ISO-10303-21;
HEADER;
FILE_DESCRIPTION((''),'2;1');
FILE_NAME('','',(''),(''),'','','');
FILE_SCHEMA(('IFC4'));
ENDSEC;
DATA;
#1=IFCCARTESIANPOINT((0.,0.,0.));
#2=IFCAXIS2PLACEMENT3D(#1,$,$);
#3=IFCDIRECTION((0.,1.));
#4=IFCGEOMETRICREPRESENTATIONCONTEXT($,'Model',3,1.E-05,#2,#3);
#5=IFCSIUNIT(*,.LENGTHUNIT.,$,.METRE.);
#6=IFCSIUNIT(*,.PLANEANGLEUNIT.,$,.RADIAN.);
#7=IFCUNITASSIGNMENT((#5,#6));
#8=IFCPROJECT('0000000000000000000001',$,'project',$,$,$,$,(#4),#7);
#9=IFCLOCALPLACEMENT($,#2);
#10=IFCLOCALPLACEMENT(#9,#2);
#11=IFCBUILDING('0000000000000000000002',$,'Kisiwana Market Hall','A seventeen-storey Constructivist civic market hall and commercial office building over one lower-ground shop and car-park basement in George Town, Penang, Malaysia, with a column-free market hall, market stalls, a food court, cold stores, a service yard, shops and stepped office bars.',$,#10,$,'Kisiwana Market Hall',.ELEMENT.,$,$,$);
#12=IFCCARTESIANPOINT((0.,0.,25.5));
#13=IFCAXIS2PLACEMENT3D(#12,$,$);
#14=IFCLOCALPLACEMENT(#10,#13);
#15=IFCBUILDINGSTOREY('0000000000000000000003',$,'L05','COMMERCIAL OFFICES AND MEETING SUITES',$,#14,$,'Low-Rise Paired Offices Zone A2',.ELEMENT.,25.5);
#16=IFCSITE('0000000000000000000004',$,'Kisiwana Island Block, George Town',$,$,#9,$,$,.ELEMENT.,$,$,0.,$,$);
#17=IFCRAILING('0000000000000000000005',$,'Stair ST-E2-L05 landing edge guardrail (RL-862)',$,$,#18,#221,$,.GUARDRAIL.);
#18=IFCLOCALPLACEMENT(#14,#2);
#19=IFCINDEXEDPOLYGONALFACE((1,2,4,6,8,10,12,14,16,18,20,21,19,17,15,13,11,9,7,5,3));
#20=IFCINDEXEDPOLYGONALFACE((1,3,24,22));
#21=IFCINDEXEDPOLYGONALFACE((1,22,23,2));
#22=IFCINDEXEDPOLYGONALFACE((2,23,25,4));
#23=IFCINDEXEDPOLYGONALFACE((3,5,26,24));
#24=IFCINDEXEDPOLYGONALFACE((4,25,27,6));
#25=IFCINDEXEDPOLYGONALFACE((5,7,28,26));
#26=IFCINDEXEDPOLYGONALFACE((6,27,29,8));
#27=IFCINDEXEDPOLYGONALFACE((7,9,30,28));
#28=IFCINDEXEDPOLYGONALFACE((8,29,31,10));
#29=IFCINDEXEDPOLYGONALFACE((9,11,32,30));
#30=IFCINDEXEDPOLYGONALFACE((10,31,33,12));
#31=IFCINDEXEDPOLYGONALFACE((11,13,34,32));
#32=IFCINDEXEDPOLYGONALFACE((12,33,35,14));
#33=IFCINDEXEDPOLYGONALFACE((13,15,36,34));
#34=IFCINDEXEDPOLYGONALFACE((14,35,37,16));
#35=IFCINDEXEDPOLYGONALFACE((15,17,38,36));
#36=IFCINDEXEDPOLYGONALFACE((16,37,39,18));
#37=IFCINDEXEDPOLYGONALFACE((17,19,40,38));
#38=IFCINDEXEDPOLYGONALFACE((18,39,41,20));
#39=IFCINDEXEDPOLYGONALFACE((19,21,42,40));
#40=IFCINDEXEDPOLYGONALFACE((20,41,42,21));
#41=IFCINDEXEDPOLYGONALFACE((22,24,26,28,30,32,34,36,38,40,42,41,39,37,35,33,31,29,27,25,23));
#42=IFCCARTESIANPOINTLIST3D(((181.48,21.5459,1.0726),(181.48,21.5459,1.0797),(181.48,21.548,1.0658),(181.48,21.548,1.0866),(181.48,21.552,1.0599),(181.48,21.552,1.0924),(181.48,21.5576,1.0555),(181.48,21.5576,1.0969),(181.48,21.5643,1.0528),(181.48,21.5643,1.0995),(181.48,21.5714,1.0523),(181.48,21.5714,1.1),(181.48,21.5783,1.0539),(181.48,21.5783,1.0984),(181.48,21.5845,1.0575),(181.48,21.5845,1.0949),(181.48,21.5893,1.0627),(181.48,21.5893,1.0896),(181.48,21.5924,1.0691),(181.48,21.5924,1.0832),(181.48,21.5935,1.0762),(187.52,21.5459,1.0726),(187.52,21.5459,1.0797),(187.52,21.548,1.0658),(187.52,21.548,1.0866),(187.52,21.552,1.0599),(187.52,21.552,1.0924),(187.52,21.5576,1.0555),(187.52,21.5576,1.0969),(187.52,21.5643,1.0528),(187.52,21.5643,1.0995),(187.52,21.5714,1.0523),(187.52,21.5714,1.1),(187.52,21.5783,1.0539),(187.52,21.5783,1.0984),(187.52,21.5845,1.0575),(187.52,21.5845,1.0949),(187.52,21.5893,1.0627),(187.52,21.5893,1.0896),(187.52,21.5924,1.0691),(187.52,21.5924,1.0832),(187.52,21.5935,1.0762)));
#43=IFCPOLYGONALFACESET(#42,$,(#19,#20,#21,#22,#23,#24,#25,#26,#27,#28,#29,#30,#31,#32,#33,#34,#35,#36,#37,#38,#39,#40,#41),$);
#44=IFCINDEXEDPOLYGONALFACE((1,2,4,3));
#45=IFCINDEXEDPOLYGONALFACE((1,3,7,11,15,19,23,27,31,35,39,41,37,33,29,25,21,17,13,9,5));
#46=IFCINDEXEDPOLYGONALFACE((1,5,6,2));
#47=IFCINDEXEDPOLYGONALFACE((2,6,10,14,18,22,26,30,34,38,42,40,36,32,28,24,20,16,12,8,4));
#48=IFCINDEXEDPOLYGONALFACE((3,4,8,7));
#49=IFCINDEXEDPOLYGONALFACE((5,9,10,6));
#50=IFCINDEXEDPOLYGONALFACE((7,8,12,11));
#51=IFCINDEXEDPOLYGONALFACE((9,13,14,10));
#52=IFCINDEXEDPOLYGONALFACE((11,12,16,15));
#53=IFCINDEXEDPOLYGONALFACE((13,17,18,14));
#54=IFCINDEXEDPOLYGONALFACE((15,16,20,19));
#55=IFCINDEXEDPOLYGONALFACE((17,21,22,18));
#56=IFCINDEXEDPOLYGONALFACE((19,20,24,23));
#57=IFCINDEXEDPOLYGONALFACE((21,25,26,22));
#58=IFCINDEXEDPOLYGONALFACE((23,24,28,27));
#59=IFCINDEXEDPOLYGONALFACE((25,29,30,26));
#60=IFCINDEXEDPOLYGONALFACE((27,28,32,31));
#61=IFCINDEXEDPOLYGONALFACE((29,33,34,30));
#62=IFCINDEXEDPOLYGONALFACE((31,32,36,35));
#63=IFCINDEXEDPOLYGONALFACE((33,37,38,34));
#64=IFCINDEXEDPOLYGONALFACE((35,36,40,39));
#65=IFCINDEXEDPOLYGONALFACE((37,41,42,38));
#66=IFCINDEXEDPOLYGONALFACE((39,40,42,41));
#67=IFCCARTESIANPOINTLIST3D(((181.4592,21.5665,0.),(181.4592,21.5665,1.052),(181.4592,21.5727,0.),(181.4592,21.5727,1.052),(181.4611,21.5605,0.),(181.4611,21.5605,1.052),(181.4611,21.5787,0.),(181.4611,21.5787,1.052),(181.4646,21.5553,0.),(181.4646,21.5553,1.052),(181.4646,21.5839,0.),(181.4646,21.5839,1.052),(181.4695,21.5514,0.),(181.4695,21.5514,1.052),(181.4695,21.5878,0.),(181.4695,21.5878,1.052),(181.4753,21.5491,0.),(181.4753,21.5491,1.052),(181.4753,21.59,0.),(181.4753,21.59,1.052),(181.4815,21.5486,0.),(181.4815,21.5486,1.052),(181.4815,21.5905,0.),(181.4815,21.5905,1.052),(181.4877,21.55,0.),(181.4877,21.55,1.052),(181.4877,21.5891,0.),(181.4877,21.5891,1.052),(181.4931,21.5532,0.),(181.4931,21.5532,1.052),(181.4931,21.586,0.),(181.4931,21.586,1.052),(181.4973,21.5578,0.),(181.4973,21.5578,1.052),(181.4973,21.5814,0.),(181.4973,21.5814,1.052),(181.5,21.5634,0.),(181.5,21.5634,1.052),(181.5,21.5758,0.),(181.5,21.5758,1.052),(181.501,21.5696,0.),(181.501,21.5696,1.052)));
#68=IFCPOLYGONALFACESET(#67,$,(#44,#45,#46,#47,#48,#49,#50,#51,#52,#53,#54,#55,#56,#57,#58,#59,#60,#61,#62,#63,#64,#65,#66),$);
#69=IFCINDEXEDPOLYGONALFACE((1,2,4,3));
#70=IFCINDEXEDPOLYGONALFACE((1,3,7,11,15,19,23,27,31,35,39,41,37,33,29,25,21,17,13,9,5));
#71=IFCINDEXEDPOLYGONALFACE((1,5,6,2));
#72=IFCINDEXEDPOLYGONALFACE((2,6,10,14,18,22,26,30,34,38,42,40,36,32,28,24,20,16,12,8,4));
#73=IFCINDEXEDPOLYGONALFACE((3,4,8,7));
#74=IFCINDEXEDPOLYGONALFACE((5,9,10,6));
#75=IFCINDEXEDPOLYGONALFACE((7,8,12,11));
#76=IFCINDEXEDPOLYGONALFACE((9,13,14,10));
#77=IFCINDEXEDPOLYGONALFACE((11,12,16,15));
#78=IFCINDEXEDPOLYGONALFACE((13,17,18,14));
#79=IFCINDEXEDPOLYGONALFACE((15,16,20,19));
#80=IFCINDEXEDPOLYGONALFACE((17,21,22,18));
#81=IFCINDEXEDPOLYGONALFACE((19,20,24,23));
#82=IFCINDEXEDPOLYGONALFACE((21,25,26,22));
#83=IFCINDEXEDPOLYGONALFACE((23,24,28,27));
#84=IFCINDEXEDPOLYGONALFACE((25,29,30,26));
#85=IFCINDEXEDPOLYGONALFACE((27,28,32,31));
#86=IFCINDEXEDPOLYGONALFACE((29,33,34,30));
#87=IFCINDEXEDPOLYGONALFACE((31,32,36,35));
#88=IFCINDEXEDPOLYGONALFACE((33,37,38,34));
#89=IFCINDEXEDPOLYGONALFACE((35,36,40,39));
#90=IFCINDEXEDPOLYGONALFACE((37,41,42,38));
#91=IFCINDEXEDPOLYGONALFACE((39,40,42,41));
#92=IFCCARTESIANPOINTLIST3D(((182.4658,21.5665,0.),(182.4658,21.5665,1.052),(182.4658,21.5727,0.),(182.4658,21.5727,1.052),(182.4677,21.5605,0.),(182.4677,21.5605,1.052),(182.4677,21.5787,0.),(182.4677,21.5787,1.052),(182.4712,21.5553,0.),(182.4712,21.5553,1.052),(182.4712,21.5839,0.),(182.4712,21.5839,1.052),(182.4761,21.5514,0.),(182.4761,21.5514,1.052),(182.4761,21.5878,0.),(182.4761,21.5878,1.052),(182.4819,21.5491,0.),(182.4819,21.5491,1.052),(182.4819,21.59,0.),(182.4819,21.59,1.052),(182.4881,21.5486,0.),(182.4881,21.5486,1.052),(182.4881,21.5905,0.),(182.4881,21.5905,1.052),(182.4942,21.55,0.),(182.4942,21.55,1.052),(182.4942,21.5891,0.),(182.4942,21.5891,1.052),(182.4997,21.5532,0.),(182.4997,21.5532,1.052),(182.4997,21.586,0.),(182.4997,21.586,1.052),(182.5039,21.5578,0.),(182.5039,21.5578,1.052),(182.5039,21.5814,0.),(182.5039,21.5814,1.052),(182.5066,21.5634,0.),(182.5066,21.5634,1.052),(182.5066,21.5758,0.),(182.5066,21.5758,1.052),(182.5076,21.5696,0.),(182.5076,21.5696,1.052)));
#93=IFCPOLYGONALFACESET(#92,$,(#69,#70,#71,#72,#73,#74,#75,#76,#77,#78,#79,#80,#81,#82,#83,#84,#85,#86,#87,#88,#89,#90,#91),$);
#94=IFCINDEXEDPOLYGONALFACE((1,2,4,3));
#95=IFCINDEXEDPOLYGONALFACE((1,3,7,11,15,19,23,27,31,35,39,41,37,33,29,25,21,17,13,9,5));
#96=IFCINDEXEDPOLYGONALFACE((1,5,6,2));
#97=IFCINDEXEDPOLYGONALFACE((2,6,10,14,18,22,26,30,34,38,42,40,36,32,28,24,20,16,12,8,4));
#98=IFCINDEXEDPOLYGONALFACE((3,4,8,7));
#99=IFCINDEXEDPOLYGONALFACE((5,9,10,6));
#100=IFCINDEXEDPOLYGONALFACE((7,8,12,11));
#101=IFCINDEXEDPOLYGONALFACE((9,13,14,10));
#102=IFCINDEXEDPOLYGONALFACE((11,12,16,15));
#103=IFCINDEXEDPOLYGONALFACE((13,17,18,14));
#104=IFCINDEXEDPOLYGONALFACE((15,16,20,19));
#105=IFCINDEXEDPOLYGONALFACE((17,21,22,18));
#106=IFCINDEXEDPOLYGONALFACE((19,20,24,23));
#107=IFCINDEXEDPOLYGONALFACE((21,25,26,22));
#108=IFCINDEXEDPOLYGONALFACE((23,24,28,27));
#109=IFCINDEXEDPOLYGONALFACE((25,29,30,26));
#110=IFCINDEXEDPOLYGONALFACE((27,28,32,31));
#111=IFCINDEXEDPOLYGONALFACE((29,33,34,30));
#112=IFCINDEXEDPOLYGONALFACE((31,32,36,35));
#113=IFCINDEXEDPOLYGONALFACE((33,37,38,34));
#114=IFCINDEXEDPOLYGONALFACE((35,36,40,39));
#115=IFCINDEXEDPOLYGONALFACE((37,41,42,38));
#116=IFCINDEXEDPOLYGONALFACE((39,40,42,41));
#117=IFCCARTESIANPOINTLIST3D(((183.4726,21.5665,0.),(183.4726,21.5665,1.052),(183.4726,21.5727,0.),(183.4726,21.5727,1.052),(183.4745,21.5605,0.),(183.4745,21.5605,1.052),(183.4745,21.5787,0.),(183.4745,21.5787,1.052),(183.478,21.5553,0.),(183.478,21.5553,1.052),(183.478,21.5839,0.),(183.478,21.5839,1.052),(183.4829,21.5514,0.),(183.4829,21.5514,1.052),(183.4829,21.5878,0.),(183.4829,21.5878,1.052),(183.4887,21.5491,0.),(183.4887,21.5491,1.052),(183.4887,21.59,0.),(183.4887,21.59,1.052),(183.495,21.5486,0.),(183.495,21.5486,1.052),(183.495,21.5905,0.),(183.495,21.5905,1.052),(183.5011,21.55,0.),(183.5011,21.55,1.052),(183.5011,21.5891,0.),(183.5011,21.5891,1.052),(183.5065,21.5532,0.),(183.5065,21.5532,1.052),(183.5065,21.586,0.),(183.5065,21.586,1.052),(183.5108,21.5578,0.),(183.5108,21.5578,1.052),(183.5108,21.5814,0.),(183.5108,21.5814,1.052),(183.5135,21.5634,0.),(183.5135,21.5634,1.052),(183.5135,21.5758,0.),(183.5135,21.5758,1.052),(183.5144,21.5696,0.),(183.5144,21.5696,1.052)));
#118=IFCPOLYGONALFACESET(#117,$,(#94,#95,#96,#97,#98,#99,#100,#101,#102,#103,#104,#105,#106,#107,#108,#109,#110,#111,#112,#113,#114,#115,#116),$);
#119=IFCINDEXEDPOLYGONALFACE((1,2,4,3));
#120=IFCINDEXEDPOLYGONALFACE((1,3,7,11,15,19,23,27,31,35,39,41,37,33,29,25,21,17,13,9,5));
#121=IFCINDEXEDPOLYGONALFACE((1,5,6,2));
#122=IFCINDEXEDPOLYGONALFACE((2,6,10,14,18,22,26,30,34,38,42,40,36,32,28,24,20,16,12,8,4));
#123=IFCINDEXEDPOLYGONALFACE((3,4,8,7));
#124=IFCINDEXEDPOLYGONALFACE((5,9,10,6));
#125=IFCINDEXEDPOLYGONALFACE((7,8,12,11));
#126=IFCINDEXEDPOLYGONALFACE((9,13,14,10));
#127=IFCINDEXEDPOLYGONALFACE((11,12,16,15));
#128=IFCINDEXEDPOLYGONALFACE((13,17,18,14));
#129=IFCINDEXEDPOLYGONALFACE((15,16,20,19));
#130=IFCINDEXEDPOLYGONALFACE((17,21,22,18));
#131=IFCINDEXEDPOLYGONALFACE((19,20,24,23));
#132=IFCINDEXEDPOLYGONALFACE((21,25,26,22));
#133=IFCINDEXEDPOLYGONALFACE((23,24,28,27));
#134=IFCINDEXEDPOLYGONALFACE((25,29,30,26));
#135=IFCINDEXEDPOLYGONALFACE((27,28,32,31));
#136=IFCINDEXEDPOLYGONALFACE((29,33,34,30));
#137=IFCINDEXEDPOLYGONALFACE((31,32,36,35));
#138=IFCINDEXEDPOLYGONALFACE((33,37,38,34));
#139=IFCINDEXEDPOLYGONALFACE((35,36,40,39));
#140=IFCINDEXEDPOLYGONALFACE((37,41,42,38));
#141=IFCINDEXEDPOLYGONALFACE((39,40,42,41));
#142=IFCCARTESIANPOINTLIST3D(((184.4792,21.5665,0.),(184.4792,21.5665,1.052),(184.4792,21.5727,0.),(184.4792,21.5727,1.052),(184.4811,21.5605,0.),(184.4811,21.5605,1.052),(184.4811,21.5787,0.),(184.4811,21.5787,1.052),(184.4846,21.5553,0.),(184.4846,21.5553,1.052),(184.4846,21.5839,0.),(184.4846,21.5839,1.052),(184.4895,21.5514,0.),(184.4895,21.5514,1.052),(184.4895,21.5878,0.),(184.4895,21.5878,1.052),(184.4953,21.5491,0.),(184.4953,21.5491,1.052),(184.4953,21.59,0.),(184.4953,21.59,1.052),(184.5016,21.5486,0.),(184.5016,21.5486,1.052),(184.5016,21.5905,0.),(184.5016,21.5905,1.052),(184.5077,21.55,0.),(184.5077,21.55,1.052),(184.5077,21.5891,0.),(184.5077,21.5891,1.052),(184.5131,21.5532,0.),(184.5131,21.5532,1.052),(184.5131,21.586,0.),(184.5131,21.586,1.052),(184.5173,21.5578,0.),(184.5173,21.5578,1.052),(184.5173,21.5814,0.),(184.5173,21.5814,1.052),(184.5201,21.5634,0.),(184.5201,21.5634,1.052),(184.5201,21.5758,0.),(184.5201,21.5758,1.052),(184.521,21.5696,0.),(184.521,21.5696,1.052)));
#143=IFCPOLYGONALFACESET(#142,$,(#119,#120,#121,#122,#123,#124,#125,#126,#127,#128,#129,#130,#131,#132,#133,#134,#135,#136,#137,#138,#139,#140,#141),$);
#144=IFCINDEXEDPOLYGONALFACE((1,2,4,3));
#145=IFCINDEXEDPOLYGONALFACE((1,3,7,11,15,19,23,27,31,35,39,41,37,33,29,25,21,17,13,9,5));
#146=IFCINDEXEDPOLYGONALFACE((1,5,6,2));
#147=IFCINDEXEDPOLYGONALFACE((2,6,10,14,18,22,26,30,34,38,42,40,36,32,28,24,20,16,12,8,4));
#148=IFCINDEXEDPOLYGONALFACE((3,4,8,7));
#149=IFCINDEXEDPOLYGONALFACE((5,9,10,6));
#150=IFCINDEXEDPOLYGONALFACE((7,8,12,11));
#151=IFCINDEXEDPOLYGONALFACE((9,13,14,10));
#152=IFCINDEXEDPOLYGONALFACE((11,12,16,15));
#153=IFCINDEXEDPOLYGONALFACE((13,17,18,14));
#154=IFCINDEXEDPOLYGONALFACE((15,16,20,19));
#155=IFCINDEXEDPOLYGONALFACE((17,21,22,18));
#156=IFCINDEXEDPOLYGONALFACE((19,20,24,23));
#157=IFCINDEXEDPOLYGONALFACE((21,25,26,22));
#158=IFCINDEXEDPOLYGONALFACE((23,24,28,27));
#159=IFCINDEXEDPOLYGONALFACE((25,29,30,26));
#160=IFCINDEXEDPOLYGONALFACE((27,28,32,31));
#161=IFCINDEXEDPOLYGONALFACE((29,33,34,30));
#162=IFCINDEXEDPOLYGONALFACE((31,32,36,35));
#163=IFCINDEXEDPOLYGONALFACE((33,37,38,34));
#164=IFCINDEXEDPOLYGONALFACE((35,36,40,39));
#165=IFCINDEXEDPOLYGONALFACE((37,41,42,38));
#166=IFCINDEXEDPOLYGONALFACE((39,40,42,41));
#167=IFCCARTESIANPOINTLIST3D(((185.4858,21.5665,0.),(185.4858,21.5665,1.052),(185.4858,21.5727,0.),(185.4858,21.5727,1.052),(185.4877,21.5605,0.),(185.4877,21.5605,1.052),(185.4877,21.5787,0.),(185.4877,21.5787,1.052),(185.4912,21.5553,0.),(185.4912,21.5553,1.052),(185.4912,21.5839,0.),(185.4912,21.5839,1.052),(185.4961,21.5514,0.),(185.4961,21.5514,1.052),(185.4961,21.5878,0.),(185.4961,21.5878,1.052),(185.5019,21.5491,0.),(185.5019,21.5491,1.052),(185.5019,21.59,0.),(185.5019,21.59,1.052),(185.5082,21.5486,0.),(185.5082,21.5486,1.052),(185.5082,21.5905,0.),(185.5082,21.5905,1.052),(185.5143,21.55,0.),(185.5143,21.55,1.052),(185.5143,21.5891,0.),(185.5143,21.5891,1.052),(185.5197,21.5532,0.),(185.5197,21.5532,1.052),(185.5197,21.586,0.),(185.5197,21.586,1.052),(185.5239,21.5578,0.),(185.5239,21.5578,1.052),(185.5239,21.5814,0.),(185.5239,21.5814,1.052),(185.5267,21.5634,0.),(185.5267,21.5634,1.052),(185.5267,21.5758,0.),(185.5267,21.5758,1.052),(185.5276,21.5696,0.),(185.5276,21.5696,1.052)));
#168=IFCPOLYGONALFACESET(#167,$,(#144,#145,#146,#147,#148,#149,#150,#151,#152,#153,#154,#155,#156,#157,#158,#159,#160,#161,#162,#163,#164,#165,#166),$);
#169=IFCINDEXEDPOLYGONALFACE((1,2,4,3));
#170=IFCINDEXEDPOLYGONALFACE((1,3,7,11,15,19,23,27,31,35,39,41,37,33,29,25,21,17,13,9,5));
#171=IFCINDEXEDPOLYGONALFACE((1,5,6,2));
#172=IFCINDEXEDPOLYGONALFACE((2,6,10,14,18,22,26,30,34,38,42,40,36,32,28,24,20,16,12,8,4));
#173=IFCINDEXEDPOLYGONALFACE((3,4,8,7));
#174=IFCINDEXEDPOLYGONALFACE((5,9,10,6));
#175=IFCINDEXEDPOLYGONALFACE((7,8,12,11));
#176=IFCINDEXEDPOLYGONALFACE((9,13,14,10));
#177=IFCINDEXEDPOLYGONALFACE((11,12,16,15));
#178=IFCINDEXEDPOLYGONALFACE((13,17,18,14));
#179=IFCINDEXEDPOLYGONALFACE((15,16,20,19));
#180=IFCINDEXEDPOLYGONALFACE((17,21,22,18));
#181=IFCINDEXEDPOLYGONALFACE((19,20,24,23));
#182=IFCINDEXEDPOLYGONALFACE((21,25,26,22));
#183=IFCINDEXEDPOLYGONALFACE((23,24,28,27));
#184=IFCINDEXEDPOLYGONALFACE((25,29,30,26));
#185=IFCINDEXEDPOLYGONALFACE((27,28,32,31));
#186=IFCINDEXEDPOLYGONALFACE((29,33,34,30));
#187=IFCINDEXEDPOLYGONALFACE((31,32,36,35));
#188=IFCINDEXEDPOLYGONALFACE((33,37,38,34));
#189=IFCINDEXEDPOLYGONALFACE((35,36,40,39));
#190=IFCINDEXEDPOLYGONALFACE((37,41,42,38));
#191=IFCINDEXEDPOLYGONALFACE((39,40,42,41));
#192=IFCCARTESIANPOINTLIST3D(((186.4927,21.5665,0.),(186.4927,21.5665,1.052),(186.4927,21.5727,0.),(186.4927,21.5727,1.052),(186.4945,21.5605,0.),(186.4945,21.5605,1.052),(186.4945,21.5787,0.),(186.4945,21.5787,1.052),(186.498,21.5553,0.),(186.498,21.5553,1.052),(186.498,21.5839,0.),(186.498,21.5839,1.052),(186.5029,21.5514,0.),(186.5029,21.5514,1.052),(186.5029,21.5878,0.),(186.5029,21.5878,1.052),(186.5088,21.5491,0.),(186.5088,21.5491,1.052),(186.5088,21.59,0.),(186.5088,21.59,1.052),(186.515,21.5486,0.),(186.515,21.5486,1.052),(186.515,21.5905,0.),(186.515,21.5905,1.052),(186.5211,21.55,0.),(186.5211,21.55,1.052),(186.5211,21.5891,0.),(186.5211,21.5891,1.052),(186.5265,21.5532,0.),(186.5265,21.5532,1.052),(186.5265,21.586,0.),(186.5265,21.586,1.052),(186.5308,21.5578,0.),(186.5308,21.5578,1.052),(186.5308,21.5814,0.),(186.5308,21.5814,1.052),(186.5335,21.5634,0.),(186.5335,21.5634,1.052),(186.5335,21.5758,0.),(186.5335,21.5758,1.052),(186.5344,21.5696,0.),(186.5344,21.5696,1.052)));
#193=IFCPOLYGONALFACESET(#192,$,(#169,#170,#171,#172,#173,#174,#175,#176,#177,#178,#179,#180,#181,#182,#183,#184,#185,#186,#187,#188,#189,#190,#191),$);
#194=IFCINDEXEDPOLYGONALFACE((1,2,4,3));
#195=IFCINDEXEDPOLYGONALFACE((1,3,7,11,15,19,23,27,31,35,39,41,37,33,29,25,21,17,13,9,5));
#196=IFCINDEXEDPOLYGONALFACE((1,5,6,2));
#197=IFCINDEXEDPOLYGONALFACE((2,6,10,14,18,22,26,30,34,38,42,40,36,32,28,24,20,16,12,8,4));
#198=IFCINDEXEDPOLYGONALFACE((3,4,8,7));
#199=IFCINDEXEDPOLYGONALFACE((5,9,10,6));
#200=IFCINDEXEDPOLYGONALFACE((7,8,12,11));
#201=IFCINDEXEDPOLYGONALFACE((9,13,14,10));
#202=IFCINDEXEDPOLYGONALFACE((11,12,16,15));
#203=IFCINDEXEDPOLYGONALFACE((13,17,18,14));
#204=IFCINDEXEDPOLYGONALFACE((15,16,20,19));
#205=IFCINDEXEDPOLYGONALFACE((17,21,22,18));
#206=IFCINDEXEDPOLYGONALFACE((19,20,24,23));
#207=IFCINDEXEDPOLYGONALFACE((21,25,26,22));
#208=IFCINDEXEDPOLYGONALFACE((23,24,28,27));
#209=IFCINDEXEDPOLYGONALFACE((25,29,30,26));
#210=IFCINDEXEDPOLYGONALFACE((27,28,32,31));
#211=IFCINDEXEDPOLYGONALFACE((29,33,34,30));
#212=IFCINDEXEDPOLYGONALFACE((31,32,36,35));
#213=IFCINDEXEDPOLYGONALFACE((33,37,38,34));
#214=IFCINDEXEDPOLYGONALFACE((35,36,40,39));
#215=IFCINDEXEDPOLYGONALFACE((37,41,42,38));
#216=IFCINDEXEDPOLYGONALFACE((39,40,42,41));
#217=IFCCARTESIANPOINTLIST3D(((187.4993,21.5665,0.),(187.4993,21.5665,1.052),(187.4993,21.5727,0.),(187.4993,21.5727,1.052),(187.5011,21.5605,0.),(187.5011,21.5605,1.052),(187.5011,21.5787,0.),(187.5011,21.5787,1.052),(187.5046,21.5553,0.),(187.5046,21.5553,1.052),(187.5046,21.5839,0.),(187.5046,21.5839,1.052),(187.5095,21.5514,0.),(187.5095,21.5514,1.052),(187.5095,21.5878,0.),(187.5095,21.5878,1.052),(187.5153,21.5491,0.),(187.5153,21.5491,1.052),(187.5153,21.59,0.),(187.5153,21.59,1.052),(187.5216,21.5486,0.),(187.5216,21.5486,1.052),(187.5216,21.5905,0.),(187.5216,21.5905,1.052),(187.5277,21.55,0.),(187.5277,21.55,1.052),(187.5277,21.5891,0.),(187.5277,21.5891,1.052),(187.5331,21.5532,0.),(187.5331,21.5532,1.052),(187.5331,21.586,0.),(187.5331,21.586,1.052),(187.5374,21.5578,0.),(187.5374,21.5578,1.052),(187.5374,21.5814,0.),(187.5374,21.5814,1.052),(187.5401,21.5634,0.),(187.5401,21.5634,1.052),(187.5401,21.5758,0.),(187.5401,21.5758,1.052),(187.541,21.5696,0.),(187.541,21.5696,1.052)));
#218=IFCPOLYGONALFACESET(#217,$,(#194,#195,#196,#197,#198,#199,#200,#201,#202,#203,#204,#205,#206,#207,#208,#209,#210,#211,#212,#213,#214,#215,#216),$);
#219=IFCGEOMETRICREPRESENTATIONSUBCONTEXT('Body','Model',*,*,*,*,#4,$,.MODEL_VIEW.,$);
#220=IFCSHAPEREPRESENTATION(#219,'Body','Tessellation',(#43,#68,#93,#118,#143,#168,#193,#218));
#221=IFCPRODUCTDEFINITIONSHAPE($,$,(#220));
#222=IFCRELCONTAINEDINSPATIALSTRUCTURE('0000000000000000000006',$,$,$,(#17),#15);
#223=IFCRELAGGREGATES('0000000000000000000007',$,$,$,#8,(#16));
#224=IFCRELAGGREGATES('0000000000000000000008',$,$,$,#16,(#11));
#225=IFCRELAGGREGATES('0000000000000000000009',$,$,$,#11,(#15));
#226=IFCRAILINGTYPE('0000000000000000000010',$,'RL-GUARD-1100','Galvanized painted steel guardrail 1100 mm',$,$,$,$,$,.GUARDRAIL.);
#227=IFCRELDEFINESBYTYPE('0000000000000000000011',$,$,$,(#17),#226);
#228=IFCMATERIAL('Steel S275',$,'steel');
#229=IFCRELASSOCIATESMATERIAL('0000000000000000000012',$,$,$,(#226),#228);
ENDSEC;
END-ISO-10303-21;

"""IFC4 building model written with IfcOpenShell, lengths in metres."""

from ifc_helpers import new_model, si_unit, direction, frame, origin, origin_2d, place, context, subcontext, project, spatial, circle, extrude, material, type_object, element, save


model = new_model("IFC4")

# Units and contexts
model_context = context("Model", 3, precision=1e-05, world=origin(), true_north=direction((0.0, 1.0)))
body_context = subcontext(model_context, "Body", "Model", "MODEL_VIEW")
ifc_project = project(units=[si_unit("LENGTHUNIT", "METRE"), si_unit("PLANEANGLEUNIT", "RADIAN")], contexts=[model_context])

# Site, building, storey
site_placement = place(None, origin())
site = spatial("IfcSite", under=ifc_project, at=site_placement, Name="Kisiwana Island Block, George Town", CompositionType="ELEMENT", RefElevation=0.0)
building_placement = place(site_placement, origin())
building = spatial("IfcBuilding", under=site, at=building_placement, Name="Kisiwana Market Hall", Description="A seventeen-storey Constructivist civic market hall and commercial office building over one lower-ground shop and car-park basement in George Town, Penang, Malaysia, with a column-free market hall, market stalls, a food court, cold stores, a service yard, shops and stepped office bars.", LongName="Kisiwana Market Hall", CompositionType="ELEMENT")
storey_placement = place(building_placement, frame((0.0, 0.0, 25.5)))
storey = spatial("IfcBuildingStorey", under=building, at=storey_placement, Name="L05", Description="COMMERCIAL OFFICES AND MEETING SUITES", LongName="Low-Rise Paired Offices Zone A2", CompositionType="ELEMENT", Elevation=25.5)

# Railing
ifc_material_1 = material(Name="Steel S275", Category="steel")
railing_type_1 = type_object("IfcRailingType", Name="RL-GUARD-1100", Description="Galvanized painted steel guardrail 1100 mm", PredefinedType="GUARDRAIL", material=ifc_material_1)
railing_1_placement = place(storey_placement, frame((181.48, 21.5696, 0.0)))
element("IfcRailing", 1, at=railing_1_placement, inside=storey, type_object=railing_type_1, Name="Stair ST-E2-L05 landing edge guardrail (RL-862)", PredefinedType="GUARDRAIL", context=body_context, shape_type="SweptSolid", body=[
    extrude(circle(Radius=0.0239, at=origin_2d()), frame((0.0, 0.0, 1.0762), z_axis=(1.0, 0.0, 0.0), x_axis=(0.0, 1.0, 0.0)), (0.0, 0.0, 1.0), 6.04),
    extrude(circle(Radius=0.021, at=origin_2d()), origin(), (0.0, 0.0, 1.0), 1.052),
    extrude(circle(Radius=0.021, at=origin_2d()), frame((1.0066, 0.0, 0.0)), (0.0, 0.0, 1.0), 1.052),
    extrude(circle(Radius=0.021, at=origin_2d()), frame((2.0134, 0.0, 0.0)), (0.0, 0.0, 1.0), 1.052),
    extrude(circle(Radius=0.021, at=origin_2d()), frame((3.02, 0.0, 0.0)), (0.0, 0.0, 1.0), 1.052),
    extrude(circle(Radius=0.021, at=origin_2d()), frame((4.0266, 0.0, 0.0)), (0.0, 0.0, 1.0), 1.052),
    extrude(circle(Radius=0.021, at=origin_2d()), frame((5.0334, 0.0, 0.0)), (0.0, 0.0, 1.0), 1.052),
    extrude(circle(Radius=0.021, at=origin_2d()), frame((6.04, 0.0, 0.0)), (0.0, 0.0, 1.0), 1.052),
])

save(model, "model.ifc")
